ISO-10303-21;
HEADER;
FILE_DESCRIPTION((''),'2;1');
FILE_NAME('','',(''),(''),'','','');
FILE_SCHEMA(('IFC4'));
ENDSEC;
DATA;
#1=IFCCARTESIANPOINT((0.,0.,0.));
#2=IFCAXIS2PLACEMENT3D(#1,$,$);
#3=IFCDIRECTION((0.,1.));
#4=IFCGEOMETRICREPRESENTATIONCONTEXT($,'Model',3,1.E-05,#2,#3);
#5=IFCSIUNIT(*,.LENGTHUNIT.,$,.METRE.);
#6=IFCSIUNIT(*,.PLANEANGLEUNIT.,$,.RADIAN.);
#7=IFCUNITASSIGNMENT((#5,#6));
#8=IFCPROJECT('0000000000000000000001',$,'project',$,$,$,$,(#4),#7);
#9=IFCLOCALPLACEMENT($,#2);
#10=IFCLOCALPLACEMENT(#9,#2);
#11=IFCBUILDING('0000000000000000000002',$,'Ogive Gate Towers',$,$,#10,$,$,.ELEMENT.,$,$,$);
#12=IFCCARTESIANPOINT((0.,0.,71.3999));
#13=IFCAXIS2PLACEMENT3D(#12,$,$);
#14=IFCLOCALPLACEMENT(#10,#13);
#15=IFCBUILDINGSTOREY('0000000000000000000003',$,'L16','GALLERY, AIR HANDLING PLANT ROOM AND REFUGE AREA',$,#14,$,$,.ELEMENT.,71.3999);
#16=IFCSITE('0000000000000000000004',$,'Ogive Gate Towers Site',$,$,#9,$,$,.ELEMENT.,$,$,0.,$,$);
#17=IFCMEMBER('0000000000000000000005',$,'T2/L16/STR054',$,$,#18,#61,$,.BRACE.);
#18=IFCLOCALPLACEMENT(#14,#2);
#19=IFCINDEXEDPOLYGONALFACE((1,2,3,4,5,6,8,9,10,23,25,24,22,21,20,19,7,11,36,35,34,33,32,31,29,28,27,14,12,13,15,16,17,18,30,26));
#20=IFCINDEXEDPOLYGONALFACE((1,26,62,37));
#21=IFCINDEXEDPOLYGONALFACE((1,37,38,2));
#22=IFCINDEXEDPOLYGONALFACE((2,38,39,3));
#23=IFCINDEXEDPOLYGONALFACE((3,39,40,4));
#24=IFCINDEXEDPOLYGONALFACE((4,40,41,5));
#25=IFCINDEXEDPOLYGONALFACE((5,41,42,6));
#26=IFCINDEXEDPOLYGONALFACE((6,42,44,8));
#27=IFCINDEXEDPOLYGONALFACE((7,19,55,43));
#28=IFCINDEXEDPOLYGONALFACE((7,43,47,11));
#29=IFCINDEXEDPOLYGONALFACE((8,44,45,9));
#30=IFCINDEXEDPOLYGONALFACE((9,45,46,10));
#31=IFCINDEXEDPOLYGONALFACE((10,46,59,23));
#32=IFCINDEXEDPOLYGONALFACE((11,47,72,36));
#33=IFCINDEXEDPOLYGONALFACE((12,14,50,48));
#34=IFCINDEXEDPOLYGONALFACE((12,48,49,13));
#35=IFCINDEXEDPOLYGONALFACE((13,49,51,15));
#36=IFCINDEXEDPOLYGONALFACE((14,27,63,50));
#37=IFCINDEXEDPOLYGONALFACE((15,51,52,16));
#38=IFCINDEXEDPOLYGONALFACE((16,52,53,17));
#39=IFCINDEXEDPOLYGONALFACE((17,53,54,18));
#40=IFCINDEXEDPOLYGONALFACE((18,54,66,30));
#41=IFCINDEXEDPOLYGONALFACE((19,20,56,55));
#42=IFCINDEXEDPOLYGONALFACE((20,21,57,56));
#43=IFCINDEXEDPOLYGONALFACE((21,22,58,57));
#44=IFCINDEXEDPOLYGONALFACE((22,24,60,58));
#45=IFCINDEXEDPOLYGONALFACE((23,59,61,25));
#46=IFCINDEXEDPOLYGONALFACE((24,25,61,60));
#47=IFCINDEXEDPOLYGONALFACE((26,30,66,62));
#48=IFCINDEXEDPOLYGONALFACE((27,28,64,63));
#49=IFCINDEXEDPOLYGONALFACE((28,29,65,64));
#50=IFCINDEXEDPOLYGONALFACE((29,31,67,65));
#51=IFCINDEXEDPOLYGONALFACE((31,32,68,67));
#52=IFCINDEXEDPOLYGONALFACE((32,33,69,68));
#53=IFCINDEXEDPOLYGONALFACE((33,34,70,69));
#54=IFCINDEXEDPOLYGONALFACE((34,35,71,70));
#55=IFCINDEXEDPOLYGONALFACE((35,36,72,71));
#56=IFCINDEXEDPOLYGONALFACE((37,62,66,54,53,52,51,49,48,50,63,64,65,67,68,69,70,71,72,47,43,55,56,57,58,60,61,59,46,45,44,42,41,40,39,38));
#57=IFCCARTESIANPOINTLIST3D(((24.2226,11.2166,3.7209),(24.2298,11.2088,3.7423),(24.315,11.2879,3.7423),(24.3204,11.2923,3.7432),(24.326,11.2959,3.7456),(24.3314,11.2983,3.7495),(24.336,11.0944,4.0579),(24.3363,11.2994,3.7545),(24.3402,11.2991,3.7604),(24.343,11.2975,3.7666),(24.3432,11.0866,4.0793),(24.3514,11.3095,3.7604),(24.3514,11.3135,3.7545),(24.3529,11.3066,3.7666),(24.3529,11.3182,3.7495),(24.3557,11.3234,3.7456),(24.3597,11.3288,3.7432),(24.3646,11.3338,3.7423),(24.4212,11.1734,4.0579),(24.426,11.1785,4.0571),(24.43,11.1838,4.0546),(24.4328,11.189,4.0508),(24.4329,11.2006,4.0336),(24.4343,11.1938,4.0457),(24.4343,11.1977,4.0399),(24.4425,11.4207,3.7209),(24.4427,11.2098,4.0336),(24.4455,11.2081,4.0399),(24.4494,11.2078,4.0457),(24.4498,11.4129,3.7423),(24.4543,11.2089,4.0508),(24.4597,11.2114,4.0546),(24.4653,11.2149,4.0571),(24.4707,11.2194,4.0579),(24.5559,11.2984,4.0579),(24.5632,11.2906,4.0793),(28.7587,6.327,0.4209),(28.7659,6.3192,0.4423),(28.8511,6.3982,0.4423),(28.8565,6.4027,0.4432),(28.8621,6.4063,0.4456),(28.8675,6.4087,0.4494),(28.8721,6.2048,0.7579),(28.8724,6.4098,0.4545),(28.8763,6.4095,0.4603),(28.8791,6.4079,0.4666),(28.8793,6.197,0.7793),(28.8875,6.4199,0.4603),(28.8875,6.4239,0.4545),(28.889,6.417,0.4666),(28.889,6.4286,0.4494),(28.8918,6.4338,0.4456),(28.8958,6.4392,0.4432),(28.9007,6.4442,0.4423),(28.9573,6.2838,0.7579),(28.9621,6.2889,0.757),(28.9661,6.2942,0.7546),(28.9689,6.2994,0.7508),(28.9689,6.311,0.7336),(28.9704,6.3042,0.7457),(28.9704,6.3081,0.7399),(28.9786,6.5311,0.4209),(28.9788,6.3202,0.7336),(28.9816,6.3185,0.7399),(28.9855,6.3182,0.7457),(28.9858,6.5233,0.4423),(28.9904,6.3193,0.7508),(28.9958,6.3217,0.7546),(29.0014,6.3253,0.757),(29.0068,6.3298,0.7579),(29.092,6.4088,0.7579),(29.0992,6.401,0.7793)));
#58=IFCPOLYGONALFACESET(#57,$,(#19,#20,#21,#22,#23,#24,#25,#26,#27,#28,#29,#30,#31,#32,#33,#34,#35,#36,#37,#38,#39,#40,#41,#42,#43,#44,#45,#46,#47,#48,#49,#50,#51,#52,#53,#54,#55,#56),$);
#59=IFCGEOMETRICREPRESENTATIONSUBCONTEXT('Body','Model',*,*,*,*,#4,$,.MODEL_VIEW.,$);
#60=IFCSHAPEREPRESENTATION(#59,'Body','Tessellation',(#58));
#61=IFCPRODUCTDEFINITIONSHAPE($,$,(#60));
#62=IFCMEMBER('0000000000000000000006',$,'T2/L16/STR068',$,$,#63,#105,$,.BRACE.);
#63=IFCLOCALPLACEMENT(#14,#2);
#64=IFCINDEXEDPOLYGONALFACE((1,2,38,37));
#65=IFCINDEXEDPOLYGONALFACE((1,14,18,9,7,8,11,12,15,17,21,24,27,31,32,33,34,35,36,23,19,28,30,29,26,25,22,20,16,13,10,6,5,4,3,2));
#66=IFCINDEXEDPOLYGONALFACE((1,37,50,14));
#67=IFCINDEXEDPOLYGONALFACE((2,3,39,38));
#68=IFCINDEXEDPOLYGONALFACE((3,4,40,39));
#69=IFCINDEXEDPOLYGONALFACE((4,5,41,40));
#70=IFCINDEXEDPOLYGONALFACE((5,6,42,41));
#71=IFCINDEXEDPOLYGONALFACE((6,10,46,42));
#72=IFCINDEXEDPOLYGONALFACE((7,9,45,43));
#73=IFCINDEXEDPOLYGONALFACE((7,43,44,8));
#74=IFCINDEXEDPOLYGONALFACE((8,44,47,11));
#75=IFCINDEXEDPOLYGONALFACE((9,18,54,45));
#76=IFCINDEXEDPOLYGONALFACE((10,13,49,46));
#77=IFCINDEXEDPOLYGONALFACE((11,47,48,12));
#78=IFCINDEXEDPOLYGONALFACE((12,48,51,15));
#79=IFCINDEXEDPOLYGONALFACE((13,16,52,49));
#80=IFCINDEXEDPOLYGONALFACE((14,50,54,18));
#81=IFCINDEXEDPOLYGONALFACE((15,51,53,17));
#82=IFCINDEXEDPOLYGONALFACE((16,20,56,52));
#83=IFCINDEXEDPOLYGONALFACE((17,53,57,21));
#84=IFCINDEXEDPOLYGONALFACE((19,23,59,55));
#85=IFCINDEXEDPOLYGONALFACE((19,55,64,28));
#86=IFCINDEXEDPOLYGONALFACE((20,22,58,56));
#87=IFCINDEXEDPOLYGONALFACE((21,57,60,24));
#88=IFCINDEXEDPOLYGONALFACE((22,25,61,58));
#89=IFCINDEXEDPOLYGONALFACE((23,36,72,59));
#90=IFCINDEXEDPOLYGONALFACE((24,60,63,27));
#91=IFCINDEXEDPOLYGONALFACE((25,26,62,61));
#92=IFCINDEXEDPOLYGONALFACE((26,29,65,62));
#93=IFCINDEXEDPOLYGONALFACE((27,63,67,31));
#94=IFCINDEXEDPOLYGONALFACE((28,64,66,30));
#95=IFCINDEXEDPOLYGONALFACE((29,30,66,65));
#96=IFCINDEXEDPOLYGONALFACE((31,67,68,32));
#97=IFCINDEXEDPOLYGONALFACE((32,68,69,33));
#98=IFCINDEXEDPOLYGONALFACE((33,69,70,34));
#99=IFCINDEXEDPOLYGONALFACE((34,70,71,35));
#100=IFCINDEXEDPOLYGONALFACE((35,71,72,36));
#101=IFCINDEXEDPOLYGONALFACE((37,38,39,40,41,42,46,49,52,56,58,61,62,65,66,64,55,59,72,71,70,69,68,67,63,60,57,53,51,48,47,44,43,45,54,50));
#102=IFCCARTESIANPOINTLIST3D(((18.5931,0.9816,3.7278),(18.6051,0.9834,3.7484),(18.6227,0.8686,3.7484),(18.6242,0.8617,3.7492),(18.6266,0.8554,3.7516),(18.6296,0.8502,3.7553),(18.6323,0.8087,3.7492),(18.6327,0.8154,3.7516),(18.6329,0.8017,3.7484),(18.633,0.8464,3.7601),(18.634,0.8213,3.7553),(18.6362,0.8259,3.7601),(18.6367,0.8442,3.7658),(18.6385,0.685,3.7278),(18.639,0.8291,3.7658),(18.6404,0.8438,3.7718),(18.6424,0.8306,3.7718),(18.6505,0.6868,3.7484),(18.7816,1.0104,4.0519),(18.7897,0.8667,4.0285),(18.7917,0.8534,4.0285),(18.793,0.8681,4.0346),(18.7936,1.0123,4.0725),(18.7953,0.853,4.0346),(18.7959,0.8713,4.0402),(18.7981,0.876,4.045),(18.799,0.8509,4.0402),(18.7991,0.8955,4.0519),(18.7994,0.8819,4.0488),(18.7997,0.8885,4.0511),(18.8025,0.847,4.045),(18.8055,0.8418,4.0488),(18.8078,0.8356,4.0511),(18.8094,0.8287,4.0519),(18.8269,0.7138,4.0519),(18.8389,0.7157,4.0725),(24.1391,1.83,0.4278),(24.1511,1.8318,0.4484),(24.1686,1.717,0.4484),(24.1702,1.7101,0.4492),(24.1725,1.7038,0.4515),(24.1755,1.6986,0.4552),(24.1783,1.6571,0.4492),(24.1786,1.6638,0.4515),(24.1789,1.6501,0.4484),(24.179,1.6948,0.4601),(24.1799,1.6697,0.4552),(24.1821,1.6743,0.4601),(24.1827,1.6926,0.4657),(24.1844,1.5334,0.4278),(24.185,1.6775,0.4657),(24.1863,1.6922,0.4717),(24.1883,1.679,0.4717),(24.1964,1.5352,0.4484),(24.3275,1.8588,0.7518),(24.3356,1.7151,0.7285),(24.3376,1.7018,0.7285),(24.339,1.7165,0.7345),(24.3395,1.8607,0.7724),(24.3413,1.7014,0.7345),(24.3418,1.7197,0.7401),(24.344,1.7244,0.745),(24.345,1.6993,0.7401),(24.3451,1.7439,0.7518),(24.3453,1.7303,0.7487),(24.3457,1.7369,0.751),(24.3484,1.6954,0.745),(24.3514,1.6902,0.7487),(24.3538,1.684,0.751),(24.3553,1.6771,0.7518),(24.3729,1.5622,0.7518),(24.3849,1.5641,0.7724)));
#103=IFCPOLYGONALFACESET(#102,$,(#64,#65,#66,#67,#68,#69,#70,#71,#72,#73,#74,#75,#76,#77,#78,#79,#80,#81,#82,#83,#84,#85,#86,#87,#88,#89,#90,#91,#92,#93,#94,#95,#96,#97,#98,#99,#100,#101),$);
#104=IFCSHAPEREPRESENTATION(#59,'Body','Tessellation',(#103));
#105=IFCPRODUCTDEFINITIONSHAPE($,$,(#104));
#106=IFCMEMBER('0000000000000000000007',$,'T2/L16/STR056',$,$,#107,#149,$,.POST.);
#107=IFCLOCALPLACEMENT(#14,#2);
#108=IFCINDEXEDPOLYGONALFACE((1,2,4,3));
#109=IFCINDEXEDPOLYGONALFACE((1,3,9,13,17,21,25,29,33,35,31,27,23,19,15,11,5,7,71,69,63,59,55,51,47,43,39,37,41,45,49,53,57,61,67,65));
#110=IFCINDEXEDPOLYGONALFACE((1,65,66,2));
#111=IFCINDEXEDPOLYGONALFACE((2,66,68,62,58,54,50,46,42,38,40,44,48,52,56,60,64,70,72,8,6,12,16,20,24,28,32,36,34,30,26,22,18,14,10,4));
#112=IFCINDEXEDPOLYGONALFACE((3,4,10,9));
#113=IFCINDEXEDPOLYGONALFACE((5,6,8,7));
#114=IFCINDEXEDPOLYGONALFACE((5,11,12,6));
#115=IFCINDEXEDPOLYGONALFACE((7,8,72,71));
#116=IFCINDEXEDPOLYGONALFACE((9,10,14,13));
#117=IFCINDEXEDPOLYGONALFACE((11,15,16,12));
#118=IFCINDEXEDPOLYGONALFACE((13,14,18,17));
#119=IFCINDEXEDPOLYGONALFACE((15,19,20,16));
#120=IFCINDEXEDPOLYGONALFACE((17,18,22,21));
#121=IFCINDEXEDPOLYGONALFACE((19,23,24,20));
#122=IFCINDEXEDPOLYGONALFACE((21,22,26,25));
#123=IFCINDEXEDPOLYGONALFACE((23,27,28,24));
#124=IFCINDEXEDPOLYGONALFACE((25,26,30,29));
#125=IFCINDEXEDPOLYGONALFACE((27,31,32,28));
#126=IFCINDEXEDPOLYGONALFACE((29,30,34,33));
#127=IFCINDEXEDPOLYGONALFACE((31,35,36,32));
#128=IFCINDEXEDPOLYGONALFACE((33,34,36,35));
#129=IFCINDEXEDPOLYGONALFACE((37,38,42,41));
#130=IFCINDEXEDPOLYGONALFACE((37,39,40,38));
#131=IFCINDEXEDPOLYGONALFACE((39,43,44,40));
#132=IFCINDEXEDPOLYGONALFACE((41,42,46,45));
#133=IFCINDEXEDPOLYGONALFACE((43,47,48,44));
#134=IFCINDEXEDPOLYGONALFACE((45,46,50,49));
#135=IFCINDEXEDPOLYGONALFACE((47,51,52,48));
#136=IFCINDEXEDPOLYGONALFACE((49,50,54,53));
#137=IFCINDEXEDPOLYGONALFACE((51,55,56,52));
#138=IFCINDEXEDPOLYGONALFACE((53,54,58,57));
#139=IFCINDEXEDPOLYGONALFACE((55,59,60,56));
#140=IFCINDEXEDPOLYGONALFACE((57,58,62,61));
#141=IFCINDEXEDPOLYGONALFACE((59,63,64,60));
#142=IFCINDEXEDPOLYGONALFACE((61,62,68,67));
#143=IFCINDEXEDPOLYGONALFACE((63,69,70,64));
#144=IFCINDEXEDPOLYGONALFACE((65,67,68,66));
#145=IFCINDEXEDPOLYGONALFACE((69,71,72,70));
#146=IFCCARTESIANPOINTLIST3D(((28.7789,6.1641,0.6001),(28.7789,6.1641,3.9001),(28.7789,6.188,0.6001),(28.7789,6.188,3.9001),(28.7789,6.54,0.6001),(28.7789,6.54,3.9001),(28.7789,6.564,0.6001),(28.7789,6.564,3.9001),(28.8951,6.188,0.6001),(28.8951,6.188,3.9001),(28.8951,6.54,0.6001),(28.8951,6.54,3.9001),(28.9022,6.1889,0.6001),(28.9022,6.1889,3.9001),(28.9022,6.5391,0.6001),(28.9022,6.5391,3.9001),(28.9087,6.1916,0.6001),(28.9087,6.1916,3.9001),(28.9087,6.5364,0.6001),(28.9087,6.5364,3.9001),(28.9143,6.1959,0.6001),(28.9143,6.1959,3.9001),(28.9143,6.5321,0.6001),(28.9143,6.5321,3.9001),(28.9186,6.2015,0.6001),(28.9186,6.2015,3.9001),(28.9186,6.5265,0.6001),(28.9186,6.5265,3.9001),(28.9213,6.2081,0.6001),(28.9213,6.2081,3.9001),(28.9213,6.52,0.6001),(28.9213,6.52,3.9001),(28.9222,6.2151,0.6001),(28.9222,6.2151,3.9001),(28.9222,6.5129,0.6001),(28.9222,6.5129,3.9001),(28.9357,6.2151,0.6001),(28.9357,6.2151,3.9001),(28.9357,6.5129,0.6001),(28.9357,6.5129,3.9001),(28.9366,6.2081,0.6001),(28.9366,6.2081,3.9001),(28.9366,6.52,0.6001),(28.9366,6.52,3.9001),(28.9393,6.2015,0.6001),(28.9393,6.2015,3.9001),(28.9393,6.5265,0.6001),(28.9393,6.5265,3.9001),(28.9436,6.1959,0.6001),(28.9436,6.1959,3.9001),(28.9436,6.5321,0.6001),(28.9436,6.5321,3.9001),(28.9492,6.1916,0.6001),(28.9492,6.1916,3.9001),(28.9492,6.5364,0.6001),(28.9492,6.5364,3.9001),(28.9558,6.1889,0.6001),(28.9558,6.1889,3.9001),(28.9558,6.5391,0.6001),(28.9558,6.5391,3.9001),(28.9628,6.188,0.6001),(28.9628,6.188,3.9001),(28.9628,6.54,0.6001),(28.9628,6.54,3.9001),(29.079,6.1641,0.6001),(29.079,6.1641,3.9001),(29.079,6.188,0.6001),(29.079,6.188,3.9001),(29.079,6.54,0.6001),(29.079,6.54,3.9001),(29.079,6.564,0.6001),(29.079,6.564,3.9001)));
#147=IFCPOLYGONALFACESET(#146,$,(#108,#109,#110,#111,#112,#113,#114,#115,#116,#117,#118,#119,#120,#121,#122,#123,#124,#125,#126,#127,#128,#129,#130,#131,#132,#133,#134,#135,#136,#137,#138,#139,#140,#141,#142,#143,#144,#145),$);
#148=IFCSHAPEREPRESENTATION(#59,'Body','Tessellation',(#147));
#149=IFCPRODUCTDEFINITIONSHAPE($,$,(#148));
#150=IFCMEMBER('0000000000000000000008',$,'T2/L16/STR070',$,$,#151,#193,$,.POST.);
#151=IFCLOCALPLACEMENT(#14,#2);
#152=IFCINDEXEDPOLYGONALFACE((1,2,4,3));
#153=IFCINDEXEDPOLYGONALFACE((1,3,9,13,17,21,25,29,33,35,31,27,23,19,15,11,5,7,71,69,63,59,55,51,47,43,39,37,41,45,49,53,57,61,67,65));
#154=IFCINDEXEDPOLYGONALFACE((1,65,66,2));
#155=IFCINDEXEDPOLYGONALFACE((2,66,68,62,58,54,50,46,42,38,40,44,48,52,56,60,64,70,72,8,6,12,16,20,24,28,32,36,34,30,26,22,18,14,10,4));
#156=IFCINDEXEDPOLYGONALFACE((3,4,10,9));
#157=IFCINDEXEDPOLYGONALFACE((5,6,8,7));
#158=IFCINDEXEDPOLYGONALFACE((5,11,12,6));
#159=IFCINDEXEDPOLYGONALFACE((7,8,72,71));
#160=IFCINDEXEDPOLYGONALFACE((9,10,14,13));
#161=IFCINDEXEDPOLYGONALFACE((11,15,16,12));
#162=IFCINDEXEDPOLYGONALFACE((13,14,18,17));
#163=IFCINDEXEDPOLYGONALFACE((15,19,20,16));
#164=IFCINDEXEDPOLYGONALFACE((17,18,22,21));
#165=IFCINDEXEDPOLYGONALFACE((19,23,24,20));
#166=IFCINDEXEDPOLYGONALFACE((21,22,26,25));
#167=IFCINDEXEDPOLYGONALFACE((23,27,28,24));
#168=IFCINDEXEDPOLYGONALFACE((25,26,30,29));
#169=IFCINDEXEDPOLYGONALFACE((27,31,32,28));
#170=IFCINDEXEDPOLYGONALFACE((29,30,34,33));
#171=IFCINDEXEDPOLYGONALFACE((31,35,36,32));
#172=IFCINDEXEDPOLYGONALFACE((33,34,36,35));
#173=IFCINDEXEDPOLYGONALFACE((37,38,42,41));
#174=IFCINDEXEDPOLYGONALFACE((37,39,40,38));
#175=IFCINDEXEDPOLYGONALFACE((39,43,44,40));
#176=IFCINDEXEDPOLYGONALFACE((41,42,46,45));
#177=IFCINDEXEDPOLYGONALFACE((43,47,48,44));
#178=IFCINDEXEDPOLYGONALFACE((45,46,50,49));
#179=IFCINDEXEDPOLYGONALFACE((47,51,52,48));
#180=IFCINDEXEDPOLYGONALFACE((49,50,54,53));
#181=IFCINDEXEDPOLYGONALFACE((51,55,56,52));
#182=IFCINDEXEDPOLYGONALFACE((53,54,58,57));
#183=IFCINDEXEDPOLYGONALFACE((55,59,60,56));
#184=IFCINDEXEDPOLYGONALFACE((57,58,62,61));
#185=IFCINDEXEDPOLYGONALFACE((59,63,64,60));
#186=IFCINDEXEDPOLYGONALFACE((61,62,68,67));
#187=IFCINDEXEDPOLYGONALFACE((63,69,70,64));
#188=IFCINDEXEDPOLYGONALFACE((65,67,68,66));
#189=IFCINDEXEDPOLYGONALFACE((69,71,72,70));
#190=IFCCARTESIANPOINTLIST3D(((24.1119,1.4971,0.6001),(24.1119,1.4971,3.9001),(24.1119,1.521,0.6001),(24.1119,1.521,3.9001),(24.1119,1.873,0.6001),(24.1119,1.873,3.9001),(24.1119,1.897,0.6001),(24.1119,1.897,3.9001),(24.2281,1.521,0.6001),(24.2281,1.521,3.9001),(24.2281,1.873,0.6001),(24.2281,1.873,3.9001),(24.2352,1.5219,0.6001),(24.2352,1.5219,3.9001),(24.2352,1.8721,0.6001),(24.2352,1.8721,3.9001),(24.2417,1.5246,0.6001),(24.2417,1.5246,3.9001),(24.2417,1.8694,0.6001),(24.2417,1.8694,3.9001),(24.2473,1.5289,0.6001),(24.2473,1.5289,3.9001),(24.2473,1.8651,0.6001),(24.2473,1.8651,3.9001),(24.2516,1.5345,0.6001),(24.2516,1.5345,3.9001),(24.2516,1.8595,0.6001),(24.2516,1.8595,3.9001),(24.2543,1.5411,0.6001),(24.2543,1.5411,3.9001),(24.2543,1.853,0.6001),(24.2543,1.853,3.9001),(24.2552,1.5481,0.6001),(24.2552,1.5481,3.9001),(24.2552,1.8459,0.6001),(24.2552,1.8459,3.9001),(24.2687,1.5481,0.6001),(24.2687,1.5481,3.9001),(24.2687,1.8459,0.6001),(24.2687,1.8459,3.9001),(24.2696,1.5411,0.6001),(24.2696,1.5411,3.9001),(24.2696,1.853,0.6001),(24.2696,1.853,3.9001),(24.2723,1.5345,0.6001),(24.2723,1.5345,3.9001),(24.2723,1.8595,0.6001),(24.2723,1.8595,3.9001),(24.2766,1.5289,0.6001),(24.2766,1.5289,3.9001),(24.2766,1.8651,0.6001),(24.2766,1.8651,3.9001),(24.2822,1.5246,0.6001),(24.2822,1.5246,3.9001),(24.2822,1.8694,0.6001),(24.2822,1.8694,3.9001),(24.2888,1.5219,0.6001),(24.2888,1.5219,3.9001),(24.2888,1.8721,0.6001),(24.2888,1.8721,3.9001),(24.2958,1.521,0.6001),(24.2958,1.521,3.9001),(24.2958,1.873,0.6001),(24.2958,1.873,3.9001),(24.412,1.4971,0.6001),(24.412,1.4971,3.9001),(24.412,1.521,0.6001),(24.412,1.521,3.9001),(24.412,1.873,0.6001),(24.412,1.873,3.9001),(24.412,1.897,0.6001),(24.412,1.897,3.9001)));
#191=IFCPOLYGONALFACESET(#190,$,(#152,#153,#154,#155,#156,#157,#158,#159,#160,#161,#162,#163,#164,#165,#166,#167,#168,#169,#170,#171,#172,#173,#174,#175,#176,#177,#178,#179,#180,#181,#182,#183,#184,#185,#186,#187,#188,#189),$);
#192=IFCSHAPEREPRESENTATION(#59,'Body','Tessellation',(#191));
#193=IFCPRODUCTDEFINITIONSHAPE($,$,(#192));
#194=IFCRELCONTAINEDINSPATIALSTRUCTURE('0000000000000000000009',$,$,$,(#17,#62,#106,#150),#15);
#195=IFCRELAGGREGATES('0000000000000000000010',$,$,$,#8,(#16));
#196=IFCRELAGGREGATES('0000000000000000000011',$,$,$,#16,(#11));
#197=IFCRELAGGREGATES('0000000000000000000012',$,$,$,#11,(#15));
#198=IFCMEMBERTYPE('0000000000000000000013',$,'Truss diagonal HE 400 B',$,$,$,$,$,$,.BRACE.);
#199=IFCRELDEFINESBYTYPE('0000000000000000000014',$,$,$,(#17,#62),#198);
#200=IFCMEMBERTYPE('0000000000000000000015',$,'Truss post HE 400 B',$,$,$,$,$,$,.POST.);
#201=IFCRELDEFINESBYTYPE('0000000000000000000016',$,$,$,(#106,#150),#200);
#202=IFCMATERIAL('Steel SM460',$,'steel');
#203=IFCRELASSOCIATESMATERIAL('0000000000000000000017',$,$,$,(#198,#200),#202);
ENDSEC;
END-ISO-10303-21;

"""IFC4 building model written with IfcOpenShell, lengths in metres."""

from ifc_helpers import new_model, si_unit, direction, frame, origin, origin_2d, place, context, subcontext, project, spatial, i_section, extrude, material, material_profile, profile_set, type_object, element, save


model = new_model("IFC4")

# Units and contexts
model_context = context("Model", 3, precision=1e-05, world=origin(), true_north=direction((0.0, 1.0)))
body_context = subcontext(model_context, "Body", "Model", "MODEL_VIEW")
ifc_project = project(units=[si_unit("LENGTHUNIT", "METRE"), si_unit("PLANEANGLEUNIT", "RADIAN")], contexts=[model_context])

# Site, building, storey
site_placement = place(None, origin())
site = spatial("IfcSite", under=ifc_project, at=site_placement, Name="Ogive Gate Towers Site", CompositionType="ELEMENT", RefElevation=0.0)
building_placement = place(site_placement, origin())
building = spatial("IfcBuilding", under=site, at=building_placement, Name="Ogive Gate Towers", CompositionType="ELEMENT")
storey_placement = place(building_placement, frame((0.0, 0.0, 71.3999)))
storey = spatial("IfcBuildingStorey", under=building, at=storey_placement, Name="L16", Description="GALLERY, AIR HANDLING PLANT ROOM AND REFUGE AREA", CompositionType="ELEMENT", Elevation=71.3999)

# Shared definitions
ifc_material_1 = material(Name="Steel SM460", Category="steel")

# Members
ifc_material_profile_1 = material_profile(ifc_material_1, i_section(OverallWidth=0.3, OverallDepth=0.3999, WebThickness=0.0134, FlangeThickness=0.0239, FilletRadius=0.0271, at=origin_2d()), Name="HE 400 B")
ifc_profile_set_1 = profile_set([ifc_material_profile_1], Name="Steel SM460")
member_type_1 = type_object("IfcMemberType", Name="Truss diagonal HE 400 B", PredefinedType="BRACE", material=ifc_profile_set_1)
member_1_placement = place(storey_placement, frame((28.929, 6.364, 0.6001), z_axis=(-0.609575, 0.657081, 0.443467), x_axis=(-0.733112, -0.680108, 0.0)))
element("IfcMember", 1, at=member_1_placement, inside=storey, type_object=member_type_1, Name="T2/L16/STR054", PredefinedType="BRACE", context=body_context, shape_type="SweptSolid", body=[
    extrude(i_section(OverallWidth=0.3, OverallDepth=0.3999, WebThickness=0.0134, FlangeThickness=0.0239, FilletRadius=0.0271, at=origin_2d()), origin(), (0.0, 0.0, 1.0), 7.4414),
])
member_2_placement = place(storey_placement, frame((24.262, 1.697, 0.6001), z_axis=(-0.852035, -0.130341, 0.506998), x_axis=(0.151217, -0.988501, 0.0)))
element("IfcMember", 2, at=member_2_placement, inside=storey, type_object=member_type_1, Name="T2/L16/STR068", PredefinedType="BRACE", context=body_context, shape_type="SweptSolid", body=[
    extrude(i_section(OverallWidth=0.3, OverallDepth=0.3999, WebThickness=0.0134, FlangeThickness=0.0239, FilletRadius=0.0271, at=origin_2d()), origin(), (0.0, 0.0, 1.0), 6.509),
])
ifc_material_profile_2 = material_profile(ifc_material_1, i_section(OverallWidth=0.3, OverallDepth=0.3999, WebThickness=0.0134, FlangeThickness=0.0239, FilletRadius=0.0271, at=origin_2d()), Name="HE 400 B")
ifc_profile_set_2 = profile_set([ifc_material_profile_2], Name="Steel SM460")
member_type_2 = type_object("IfcMemberType", Name="Truss post HE 400 B", PredefinedType="POST", material=ifc_profile_set_2)
for number, where, z_axis, x_axis, name in (
    (3, (28.929, 6.364, 0.6001), (0.0, 0.0, 1.0), (1.0, 0.0, 0.0), "T2/L16/STR056"),
    (4, (24.262, 1.697, 0.6001), (0.0, 0.0, 1.0), (1.0, 0.0, 0.0), "T2/L16/STR070"),
):
    element("IfcMember", number, at=place(storey_placement, frame(where, z_axis=z_axis, x_axis=x_axis)), inside=storey, type_object=member_type_2, Name=name, PredefinedType="POST", context=body_context, shape_type="SweptSolid", body=[
        extrude(i_section(OverallWidth=0.3, OverallDepth=0.3999, WebThickness=0.0134, FlangeThickness=0.0239, FilletRadius=0.0271, at=origin_2d()), origin(), (0.0, 0.0, 1.0), 3.3),
    ])

save(model, "model.ifc")
